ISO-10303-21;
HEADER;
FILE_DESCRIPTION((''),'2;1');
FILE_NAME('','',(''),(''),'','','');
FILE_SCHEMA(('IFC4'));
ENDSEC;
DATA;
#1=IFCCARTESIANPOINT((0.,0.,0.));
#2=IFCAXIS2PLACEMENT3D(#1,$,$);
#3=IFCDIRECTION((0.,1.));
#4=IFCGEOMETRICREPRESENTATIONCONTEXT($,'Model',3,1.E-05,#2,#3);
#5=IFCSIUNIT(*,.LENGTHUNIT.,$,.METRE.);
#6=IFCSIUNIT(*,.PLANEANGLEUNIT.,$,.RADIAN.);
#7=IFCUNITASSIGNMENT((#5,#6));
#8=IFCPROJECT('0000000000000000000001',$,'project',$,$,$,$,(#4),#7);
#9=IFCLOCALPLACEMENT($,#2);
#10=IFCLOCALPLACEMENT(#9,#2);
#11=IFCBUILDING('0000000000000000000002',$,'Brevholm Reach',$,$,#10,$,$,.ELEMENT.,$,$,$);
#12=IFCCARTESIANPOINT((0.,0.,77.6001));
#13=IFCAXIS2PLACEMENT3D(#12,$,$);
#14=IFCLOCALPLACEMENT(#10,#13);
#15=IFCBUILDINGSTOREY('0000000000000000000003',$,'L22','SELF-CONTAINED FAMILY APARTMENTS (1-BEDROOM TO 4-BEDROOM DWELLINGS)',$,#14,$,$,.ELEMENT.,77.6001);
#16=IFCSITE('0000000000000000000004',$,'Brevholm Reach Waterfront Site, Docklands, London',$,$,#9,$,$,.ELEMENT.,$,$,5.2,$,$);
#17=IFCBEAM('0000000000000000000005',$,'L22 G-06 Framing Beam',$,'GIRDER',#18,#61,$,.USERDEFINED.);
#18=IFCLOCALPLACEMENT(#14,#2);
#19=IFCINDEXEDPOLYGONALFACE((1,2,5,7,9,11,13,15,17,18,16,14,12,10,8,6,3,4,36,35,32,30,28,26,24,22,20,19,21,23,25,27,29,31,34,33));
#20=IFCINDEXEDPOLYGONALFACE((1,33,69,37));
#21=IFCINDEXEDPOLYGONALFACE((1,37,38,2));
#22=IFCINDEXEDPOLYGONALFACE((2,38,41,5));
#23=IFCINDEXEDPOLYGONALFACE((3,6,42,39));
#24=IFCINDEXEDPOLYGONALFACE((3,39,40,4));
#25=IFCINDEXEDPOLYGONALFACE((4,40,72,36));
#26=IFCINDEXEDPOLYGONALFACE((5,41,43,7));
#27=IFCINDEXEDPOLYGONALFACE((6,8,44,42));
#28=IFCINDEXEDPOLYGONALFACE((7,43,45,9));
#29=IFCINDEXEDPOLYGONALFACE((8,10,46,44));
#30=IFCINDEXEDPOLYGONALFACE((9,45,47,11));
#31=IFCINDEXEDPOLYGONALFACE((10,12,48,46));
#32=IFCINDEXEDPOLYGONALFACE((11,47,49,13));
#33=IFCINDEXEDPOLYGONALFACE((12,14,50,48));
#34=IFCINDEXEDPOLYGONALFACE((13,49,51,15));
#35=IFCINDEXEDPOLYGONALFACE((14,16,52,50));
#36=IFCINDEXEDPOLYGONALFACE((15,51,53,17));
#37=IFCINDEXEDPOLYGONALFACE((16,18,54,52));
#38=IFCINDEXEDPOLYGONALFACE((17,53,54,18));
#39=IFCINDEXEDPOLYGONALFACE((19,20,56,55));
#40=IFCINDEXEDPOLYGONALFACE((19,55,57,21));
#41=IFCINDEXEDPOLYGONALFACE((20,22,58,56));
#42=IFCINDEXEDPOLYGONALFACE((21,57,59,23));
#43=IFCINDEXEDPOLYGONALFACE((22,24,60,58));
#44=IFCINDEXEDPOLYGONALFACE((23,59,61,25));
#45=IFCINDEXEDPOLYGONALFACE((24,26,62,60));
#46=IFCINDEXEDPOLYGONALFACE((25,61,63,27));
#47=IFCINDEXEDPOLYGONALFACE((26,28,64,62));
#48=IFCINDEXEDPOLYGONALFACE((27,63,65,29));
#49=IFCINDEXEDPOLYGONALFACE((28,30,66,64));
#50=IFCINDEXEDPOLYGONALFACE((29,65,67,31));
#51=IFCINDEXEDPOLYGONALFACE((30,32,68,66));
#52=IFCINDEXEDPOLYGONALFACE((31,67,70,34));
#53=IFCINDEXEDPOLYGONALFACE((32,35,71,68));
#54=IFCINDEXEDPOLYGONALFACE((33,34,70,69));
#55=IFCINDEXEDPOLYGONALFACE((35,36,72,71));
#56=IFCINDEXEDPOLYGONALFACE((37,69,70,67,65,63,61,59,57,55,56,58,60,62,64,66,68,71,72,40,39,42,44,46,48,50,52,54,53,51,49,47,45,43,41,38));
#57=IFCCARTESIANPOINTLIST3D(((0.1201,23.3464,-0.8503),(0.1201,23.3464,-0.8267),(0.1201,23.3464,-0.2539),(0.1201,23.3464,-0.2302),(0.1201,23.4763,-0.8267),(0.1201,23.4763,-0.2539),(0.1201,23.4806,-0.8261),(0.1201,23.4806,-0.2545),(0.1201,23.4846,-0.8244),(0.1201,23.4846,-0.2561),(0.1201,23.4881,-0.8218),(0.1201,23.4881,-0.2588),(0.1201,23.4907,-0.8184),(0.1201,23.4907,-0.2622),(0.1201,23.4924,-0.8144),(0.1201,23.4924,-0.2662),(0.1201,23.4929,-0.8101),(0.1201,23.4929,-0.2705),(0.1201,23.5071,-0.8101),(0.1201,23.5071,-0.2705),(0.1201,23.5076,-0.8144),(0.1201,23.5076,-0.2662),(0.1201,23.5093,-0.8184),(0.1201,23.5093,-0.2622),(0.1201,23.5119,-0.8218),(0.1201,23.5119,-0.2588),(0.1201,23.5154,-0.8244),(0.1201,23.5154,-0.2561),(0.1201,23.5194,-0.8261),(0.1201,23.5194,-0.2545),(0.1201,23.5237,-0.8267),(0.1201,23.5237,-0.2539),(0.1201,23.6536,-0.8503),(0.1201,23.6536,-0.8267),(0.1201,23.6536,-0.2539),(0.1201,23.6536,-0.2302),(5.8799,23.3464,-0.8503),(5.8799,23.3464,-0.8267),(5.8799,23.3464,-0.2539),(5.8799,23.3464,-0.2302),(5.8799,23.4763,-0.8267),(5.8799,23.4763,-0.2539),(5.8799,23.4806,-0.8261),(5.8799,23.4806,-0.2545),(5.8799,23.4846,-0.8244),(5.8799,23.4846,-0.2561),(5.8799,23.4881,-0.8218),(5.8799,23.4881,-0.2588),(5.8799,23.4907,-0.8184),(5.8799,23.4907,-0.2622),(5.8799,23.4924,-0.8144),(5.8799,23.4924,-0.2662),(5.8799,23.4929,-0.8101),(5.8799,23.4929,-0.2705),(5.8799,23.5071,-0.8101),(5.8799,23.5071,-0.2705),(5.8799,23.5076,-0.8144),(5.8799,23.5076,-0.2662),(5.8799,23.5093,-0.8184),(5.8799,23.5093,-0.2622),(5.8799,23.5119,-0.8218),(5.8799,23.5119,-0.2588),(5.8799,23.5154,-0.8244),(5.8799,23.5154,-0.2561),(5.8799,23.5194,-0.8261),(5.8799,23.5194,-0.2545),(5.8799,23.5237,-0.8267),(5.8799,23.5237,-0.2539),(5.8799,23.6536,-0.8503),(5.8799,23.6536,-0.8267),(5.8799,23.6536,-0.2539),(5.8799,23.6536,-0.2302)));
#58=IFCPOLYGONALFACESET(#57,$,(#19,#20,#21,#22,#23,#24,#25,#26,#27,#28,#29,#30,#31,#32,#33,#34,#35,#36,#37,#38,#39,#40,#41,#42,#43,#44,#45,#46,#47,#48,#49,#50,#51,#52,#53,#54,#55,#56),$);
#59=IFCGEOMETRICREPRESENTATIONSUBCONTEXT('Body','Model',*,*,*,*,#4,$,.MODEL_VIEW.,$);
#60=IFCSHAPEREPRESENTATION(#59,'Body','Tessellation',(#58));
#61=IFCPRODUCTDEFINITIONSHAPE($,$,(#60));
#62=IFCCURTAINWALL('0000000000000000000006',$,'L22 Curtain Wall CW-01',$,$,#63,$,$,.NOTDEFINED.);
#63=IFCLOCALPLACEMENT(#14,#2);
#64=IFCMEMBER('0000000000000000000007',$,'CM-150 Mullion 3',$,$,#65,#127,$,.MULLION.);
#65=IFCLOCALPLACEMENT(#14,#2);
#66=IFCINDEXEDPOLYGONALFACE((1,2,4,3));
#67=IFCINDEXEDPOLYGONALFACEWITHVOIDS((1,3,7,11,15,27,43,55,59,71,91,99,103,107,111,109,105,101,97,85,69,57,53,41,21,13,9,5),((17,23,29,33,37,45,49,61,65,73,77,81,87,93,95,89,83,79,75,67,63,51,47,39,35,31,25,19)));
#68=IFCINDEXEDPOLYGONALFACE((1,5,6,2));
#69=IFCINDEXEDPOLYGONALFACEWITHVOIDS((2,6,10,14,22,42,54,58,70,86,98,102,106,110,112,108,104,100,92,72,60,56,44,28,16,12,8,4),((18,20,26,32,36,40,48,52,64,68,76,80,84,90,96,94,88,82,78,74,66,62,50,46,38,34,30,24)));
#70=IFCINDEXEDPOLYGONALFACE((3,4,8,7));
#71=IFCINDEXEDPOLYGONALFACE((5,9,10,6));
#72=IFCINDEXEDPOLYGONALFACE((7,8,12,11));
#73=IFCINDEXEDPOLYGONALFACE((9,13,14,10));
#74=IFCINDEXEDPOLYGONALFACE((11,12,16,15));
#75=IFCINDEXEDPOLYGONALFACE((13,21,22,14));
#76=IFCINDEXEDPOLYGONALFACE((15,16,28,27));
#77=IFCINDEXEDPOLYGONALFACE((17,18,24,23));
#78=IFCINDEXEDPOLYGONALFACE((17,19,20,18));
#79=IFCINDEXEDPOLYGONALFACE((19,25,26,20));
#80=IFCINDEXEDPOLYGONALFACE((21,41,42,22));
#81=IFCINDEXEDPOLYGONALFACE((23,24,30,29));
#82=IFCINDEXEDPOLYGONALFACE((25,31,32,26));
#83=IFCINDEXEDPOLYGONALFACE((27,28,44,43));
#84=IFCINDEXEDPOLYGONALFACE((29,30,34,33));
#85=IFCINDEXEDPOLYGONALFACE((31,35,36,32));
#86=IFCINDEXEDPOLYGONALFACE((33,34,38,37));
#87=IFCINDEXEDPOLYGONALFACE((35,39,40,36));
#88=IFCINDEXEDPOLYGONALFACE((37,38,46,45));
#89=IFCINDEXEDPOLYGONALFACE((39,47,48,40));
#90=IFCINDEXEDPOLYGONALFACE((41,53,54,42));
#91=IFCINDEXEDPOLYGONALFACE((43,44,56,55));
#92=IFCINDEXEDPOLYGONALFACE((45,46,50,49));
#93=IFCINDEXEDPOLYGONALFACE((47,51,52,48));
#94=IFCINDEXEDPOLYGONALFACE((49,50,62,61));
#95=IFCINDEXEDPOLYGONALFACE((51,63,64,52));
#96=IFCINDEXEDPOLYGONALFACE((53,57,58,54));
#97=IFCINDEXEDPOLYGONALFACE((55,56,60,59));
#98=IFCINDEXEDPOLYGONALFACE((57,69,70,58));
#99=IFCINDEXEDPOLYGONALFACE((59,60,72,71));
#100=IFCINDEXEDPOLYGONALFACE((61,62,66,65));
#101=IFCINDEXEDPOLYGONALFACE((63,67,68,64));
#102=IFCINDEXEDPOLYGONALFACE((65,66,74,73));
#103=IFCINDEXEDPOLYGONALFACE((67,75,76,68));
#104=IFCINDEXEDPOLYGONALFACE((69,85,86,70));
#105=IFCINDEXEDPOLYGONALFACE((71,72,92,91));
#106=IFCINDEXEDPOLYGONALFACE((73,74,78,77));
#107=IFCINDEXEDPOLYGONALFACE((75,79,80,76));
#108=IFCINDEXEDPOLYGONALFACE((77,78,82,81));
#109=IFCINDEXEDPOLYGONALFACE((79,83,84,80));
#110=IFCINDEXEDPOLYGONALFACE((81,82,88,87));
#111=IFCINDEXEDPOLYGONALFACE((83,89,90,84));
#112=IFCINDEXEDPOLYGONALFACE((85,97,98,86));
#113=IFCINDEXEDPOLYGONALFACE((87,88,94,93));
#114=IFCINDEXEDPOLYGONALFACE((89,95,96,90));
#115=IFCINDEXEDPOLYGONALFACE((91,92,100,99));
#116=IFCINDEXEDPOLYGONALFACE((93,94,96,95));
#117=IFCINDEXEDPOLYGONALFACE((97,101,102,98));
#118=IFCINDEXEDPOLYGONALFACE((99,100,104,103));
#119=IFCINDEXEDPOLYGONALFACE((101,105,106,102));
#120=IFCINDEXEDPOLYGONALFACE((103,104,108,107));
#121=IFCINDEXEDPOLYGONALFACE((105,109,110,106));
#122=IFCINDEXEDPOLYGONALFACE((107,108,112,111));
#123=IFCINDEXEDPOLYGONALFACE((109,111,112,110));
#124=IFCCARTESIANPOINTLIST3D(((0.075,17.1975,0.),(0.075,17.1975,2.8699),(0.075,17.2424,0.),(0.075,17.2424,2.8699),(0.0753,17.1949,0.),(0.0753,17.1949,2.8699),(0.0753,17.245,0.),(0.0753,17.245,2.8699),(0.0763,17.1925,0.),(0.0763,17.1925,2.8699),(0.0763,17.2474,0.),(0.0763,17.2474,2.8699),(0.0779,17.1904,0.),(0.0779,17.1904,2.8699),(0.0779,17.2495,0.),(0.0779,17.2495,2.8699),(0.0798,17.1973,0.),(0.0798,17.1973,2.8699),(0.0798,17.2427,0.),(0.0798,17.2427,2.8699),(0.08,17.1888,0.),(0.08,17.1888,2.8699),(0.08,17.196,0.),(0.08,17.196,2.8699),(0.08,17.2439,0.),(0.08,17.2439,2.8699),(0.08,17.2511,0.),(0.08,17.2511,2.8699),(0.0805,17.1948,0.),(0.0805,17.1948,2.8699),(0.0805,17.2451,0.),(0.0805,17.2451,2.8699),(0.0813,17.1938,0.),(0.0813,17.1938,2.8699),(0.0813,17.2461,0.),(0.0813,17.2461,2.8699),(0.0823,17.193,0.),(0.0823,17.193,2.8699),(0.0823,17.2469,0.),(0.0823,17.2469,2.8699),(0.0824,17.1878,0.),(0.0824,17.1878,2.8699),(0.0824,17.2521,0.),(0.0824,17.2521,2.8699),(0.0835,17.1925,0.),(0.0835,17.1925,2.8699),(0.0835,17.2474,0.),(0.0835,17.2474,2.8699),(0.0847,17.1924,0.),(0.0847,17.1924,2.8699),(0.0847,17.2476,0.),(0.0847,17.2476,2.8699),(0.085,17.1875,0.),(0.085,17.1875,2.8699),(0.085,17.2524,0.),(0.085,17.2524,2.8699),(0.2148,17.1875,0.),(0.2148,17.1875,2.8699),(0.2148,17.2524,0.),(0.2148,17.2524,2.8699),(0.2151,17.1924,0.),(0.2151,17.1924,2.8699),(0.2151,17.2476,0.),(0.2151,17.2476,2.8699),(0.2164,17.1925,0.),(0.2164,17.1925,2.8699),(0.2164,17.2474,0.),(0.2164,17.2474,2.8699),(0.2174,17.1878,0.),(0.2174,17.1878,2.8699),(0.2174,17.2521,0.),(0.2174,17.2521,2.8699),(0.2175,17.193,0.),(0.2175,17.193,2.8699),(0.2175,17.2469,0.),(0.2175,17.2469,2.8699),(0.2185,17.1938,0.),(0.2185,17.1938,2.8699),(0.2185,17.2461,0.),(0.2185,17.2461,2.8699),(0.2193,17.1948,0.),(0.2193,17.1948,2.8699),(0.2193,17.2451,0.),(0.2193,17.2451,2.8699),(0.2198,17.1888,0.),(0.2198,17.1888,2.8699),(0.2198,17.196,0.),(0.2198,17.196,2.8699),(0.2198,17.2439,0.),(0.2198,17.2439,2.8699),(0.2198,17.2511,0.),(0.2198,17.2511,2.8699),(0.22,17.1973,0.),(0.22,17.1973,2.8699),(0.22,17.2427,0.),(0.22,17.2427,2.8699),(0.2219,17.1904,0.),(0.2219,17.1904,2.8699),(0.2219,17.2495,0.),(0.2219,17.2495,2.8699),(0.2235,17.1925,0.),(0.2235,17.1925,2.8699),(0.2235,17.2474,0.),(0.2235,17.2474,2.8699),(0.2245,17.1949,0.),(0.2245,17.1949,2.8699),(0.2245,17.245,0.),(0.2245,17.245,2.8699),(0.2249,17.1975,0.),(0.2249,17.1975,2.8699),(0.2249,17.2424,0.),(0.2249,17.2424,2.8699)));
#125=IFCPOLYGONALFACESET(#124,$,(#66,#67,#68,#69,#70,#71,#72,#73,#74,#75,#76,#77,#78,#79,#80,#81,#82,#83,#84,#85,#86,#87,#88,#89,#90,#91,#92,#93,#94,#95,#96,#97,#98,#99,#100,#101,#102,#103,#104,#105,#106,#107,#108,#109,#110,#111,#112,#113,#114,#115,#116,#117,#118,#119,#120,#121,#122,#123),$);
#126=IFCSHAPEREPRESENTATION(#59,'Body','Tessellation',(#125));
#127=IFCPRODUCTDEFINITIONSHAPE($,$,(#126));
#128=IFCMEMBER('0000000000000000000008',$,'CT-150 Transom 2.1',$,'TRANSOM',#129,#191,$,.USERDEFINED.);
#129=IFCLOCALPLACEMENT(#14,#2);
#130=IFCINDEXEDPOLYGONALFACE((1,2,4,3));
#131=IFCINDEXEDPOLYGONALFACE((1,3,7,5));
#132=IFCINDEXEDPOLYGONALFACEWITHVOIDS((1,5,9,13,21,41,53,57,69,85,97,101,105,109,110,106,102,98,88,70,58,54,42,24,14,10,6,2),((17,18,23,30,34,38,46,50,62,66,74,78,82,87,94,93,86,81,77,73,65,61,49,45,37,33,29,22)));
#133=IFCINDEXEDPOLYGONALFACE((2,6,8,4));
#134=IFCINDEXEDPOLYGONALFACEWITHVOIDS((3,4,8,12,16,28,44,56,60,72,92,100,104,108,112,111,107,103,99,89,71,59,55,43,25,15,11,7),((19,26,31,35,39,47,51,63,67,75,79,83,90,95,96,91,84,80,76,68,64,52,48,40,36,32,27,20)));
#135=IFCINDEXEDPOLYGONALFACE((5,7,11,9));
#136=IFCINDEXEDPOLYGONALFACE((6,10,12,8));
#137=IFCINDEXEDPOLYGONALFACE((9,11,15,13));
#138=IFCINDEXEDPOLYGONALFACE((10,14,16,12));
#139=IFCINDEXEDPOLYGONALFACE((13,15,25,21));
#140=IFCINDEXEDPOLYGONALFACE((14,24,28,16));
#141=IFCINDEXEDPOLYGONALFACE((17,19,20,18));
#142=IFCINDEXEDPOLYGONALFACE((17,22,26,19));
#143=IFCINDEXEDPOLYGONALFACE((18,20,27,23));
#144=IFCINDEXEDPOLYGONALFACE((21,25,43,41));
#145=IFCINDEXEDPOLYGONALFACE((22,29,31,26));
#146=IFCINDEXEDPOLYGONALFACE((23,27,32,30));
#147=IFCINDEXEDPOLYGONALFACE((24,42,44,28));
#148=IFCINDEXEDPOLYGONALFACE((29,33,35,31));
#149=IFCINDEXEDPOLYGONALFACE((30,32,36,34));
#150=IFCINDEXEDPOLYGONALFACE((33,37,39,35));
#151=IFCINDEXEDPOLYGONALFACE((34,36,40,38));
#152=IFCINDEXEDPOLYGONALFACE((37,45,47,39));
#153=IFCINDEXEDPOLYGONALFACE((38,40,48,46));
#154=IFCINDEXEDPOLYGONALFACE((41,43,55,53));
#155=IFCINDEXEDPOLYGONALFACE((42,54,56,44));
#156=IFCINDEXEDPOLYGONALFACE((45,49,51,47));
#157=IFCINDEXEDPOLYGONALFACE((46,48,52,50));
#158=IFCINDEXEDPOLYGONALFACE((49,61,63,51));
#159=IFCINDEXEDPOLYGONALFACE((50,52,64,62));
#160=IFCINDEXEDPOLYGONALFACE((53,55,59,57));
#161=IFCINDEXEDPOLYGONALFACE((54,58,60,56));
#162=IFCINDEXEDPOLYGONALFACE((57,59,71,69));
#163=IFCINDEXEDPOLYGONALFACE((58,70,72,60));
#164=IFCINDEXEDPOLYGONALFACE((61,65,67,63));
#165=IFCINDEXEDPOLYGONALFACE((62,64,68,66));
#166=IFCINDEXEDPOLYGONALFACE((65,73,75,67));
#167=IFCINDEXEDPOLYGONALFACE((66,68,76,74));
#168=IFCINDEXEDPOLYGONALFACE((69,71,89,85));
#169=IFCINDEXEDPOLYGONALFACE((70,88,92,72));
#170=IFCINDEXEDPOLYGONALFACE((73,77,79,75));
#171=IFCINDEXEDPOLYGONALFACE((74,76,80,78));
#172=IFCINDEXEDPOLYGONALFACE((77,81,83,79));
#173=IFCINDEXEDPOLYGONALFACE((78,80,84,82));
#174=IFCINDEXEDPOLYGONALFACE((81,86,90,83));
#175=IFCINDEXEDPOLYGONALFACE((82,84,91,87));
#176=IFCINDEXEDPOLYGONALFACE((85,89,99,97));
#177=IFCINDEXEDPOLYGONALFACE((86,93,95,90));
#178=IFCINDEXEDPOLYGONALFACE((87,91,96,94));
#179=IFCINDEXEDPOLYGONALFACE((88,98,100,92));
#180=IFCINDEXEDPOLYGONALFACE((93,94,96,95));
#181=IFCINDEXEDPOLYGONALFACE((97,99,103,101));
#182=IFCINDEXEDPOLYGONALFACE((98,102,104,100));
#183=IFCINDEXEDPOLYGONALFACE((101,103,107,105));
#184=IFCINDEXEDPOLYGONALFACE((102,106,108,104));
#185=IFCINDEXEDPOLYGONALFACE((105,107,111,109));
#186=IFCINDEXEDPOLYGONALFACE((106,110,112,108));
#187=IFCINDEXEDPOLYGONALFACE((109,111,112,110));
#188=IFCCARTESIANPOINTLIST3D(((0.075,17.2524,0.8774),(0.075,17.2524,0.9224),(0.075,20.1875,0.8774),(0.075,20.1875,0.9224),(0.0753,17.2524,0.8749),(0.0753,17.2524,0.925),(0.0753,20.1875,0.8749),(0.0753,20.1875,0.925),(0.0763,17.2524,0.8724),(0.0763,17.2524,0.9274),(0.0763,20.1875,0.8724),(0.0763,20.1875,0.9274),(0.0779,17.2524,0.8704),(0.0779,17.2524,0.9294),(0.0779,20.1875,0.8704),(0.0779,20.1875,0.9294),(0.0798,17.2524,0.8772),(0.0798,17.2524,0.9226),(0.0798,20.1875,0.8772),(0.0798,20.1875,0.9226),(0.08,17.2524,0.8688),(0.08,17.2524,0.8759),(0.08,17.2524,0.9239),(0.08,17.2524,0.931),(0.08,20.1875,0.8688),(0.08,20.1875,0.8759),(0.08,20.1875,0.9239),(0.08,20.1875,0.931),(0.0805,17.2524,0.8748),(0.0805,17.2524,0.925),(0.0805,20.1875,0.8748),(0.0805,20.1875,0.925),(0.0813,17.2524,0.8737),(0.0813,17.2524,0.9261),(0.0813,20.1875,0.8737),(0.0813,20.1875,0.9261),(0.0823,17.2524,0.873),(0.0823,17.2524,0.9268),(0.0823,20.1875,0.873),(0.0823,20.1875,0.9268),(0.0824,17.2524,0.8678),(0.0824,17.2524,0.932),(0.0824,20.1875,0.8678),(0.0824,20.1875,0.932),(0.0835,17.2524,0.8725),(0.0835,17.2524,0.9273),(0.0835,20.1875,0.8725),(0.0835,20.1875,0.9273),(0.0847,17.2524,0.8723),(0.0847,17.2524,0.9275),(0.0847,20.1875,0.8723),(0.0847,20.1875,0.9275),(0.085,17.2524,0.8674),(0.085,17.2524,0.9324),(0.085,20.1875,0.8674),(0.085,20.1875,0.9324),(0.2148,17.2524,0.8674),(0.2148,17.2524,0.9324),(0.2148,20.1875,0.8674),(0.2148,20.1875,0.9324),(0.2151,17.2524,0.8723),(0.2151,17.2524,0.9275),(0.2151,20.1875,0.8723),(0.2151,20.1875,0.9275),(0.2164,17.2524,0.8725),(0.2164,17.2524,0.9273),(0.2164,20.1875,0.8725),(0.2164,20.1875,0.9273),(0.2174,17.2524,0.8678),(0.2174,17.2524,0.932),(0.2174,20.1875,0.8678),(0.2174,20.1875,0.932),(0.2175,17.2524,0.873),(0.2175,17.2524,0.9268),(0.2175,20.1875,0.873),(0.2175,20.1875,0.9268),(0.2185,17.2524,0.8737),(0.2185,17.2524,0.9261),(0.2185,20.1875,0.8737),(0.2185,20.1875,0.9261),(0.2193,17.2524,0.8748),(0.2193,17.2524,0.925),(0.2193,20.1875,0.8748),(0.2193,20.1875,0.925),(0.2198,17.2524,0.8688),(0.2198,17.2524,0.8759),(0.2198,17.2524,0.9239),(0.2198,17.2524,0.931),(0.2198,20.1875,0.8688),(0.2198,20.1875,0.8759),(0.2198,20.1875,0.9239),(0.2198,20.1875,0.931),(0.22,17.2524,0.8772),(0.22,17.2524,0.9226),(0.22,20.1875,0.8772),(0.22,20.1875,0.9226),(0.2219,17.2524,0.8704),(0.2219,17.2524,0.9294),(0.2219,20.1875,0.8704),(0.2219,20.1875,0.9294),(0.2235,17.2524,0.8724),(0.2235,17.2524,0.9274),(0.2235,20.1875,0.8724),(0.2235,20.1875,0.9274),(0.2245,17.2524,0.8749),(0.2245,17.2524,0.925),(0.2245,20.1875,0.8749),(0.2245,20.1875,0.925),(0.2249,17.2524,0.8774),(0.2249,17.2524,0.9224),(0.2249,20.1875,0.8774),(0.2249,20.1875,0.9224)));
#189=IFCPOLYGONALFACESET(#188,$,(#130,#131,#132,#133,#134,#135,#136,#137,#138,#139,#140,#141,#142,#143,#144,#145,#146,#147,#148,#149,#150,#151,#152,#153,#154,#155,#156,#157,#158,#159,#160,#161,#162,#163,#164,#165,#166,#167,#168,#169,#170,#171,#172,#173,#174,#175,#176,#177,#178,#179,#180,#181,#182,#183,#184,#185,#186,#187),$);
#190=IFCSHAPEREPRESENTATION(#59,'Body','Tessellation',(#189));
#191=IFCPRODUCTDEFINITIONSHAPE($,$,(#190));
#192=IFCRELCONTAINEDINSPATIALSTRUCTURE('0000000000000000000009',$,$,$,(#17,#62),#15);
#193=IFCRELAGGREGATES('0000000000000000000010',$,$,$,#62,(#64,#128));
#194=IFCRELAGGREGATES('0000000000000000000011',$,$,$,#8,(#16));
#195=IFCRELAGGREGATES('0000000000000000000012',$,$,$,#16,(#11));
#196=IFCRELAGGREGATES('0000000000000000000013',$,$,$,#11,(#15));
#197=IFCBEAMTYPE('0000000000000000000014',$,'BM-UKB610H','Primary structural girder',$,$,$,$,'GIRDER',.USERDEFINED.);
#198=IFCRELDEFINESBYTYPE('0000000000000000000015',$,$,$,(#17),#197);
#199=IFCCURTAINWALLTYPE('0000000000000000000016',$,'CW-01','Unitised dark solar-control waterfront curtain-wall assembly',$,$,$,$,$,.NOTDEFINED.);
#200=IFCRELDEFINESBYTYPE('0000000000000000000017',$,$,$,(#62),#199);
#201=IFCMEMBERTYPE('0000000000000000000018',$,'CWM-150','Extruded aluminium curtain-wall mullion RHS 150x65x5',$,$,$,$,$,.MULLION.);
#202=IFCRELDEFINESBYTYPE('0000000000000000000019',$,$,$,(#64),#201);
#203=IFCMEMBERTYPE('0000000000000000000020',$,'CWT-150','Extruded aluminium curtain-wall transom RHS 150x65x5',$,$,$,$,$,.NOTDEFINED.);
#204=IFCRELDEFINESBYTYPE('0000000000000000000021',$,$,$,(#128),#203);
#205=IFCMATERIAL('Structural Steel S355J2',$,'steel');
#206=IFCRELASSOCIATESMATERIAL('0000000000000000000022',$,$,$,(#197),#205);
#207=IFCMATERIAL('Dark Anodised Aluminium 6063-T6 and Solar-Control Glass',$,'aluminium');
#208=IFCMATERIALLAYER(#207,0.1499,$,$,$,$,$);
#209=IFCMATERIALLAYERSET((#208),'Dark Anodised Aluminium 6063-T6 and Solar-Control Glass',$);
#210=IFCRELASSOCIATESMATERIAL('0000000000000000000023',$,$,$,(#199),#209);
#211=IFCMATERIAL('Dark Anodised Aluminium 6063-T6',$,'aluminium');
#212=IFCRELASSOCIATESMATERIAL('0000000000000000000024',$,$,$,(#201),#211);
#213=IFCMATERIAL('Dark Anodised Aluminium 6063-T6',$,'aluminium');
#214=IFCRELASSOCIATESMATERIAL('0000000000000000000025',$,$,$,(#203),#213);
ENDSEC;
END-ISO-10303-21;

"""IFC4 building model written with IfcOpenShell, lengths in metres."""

from ifc_helpers import new_model, si_unit, direction, frame, origin, origin_2d, place, context, subcontext, project, spatial, hollow_rectangle, i_section, extrude, material, layer, layer_set, material_profile, profile_set, type_object, element, aggregate, save


model = new_model("IFC4")

# Units and contexts
model_context = context("Model", 3, precision=1e-05, world=origin(), true_north=direction((0.0, 1.0)))
body_context = subcontext(model_context, "Body", "Model", "MODEL_VIEW")
ifc_project = project(units=[si_unit("LENGTHUNIT", "METRE"), si_unit("PLANEANGLEUNIT", "RADIAN")], contexts=[model_context])

# Site, building, storey
site_placement = place(None, origin())
site = spatial("IfcSite", under=ifc_project, at=site_placement, Name="Brevholm Reach Waterfront Site, Docklands, London", CompositionType="ELEMENT", RefElevation=5.2)
building_placement = place(site_placement, origin())
building = spatial("IfcBuilding", under=site, at=building_placement, Name="Brevholm Reach", CompositionType="ELEMENT")
storey_placement = place(building_placement, frame((0.0, 0.0, 77.6001)))
storey = spatial("IfcBuildingStorey", under=building, at=storey_placement, Name="L22", Description="SELF-CONTAINED FAMILY APARTMENTS (1-BEDROOM TO 4-BEDROOM DWELLINGS)", CompositionType="ELEMENT", Elevation=77.6001)

# Beam
ifc_material_1 = material(Name="Structural Steel S355J2", Category="steel")
ifc_material_profile_1 = material_profile(ifc_material_1, i_section(OverallWidth=0.3071, OverallDepth=0.6201, WebThickness=0.0142, FlangeThickness=0.0237, FilletRadius=0.0166, at=origin_2d()), Name="UKB 610x305x179")
ifc_profile_set_1 = profile_set([ifc_material_profile_1], Name="Structural Steel S355J2")
beam_type_1 = type_object("IfcBeamType", Name="BM-UKB610H", Description="Primary structural girder", ElementType="GIRDER", PredefinedType="USERDEFINED", material=ifc_profile_set_1)
beam_1_placement = place(storey_placement, frame((0.1201, 23.5, -0.5403), z_axis=(1.0, 0.0, 0.0), x_axis=(0.0, 1.0, 0.0)))
element("IfcBeam", 1, at=beam_1_placement, inside=storey, type_object=beam_type_1, Name="L22 G-06 Framing Beam", ObjectType="GIRDER", PredefinedType="USERDEFINED", context=body_context, shape_type="SweptSolid", body=[
    extrude(i_section(OverallWidth=0.3071, OverallDepth=0.6201, WebThickness=0.0142, FlangeThickness=0.0237, FilletRadius=0.0166, at=origin_2d()), origin(), (0.0, 0.0, 1.0), 5.7598),
])

# Curtain wall, members
ifc_material_2 = material(Name="Dark Anodised Aluminium 6063-T6 and Solar-Control Glass", Category="aluminium")
ifc_layer_1 = layer(ifc_material_2, 0.1499)
ifc_layer_set_1 = layer_set([ifc_layer_1], Name="Dark Anodised Aluminium 6063-T6 and Solar-Control Glass")
curtain_wall_type = type_object("IfcCurtainWallType", Name="CW-01", Description="Unitised dark solar-control waterfront curtain-wall assembly", PredefinedType="NOTDEFINED", material=ifc_layer_set_1)
curtain_wall_placement = place(storey_placement, origin())
curtain_wall = element("IfcCurtainWall", 2, at=curtain_wall_placement, inside=storey, type_object=curtain_wall_type, Name="L22 Curtain Wall CW-01", PredefinedType="NOTDEFINED")
ifc_material_3 = material(Name="Dark Anodised Aluminium 6063-T6", Category="aluminium")
ifc_material_profile_2 = material_profile(ifc_material_3, hollow_rectangle(XDim=0.0649, YDim=0.1499, WallThickness=0.0049, InnerFilletRadius=0.0049, OuterFilletRadius=0.01, at=origin_2d()), Name="RHS 150x65x5")
ifc_profile_set_2 = profile_set([ifc_material_profile_2], Name="Dark Anodised Aluminium 6063-T6")
member_type_1 = type_object("IfcMemberType", Name="CWM-150", Description="Extruded aluminium curtain-wall mullion RHS 150x65x5", PredefinedType="MULLION", material=ifc_profile_set_2)
member_1_placement = place(storey_placement, frame((0.1499, 17.22, 0.0), z_axis=(0.0, 0.0, 1.0), x_axis=(0.0, -1.0, 0.0)))
member_1 = element("IfcMember", 3, at=member_1_placement, type_object=member_type_1, Name="CM-150 Mullion 3", PredefinedType="MULLION", context=body_context, shape_type="SweptSolid", body=[
    extrude(hollow_rectangle(XDim=0.0649, YDim=0.1499, WallThickness=0.0049, InnerFilletRadius=0.0049, OuterFilletRadius=0.01, at=origin_2d()), origin(), (0.0, 0.0, 1.0), 2.8699),
])
ifc_material_4 = material(Name="Dark Anodised Aluminium 6063-T6", Category="aluminium")
ifc_material_profile_3 = material_profile(ifc_material_4, hollow_rectangle(XDim=0.0649, YDim=0.1499, WallThickness=0.0049, InnerFilletRadius=0.0049, OuterFilletRadius=0.01, at=origin_2d()), Name="RHS 150x65x5")
ifc_profile_set_3 = profile_set([ifc_material_profile_3], Name="Dark Anodised Aluminium 6063-T6")
member_type_2 = type_object("IfcMemberType", Name="CWT-150", Description="Extruded aluminium curtain-wall transom RHS 150x65x5", PredefinedType="NOTDEFINED", material=ifc_profile_set_3)
member_2_placement = place(storey_placement, frame((0.1499, 20.1875, 0.8999), z_axis=(0.0, -1.0, 0.0), x_axis=(0.0, 0.0, 1.0)))
member_2 = element("IfcMember", 4, at=member_2_placement, type_object=member_type_2, Name="CT-150 Transom 2.1", ObjectType="TRANSOM", PredefinedType="USERDEFINED", context=body_context, shape_type="SweptSolid", body=[
    extrude(hollow_rectangle(XDim=0.0649, YDim=0.1499, WallThickness=0.0049, InnerFilletRadius=0.0049, OuterFilletRadius=0.01, at=origin_2d()), origin(), (0.0, 0.0, 1.0), 2.9351),
])
aggregate(curtain_wall, [member_1, member_2])

save(model, "model.ifc")
